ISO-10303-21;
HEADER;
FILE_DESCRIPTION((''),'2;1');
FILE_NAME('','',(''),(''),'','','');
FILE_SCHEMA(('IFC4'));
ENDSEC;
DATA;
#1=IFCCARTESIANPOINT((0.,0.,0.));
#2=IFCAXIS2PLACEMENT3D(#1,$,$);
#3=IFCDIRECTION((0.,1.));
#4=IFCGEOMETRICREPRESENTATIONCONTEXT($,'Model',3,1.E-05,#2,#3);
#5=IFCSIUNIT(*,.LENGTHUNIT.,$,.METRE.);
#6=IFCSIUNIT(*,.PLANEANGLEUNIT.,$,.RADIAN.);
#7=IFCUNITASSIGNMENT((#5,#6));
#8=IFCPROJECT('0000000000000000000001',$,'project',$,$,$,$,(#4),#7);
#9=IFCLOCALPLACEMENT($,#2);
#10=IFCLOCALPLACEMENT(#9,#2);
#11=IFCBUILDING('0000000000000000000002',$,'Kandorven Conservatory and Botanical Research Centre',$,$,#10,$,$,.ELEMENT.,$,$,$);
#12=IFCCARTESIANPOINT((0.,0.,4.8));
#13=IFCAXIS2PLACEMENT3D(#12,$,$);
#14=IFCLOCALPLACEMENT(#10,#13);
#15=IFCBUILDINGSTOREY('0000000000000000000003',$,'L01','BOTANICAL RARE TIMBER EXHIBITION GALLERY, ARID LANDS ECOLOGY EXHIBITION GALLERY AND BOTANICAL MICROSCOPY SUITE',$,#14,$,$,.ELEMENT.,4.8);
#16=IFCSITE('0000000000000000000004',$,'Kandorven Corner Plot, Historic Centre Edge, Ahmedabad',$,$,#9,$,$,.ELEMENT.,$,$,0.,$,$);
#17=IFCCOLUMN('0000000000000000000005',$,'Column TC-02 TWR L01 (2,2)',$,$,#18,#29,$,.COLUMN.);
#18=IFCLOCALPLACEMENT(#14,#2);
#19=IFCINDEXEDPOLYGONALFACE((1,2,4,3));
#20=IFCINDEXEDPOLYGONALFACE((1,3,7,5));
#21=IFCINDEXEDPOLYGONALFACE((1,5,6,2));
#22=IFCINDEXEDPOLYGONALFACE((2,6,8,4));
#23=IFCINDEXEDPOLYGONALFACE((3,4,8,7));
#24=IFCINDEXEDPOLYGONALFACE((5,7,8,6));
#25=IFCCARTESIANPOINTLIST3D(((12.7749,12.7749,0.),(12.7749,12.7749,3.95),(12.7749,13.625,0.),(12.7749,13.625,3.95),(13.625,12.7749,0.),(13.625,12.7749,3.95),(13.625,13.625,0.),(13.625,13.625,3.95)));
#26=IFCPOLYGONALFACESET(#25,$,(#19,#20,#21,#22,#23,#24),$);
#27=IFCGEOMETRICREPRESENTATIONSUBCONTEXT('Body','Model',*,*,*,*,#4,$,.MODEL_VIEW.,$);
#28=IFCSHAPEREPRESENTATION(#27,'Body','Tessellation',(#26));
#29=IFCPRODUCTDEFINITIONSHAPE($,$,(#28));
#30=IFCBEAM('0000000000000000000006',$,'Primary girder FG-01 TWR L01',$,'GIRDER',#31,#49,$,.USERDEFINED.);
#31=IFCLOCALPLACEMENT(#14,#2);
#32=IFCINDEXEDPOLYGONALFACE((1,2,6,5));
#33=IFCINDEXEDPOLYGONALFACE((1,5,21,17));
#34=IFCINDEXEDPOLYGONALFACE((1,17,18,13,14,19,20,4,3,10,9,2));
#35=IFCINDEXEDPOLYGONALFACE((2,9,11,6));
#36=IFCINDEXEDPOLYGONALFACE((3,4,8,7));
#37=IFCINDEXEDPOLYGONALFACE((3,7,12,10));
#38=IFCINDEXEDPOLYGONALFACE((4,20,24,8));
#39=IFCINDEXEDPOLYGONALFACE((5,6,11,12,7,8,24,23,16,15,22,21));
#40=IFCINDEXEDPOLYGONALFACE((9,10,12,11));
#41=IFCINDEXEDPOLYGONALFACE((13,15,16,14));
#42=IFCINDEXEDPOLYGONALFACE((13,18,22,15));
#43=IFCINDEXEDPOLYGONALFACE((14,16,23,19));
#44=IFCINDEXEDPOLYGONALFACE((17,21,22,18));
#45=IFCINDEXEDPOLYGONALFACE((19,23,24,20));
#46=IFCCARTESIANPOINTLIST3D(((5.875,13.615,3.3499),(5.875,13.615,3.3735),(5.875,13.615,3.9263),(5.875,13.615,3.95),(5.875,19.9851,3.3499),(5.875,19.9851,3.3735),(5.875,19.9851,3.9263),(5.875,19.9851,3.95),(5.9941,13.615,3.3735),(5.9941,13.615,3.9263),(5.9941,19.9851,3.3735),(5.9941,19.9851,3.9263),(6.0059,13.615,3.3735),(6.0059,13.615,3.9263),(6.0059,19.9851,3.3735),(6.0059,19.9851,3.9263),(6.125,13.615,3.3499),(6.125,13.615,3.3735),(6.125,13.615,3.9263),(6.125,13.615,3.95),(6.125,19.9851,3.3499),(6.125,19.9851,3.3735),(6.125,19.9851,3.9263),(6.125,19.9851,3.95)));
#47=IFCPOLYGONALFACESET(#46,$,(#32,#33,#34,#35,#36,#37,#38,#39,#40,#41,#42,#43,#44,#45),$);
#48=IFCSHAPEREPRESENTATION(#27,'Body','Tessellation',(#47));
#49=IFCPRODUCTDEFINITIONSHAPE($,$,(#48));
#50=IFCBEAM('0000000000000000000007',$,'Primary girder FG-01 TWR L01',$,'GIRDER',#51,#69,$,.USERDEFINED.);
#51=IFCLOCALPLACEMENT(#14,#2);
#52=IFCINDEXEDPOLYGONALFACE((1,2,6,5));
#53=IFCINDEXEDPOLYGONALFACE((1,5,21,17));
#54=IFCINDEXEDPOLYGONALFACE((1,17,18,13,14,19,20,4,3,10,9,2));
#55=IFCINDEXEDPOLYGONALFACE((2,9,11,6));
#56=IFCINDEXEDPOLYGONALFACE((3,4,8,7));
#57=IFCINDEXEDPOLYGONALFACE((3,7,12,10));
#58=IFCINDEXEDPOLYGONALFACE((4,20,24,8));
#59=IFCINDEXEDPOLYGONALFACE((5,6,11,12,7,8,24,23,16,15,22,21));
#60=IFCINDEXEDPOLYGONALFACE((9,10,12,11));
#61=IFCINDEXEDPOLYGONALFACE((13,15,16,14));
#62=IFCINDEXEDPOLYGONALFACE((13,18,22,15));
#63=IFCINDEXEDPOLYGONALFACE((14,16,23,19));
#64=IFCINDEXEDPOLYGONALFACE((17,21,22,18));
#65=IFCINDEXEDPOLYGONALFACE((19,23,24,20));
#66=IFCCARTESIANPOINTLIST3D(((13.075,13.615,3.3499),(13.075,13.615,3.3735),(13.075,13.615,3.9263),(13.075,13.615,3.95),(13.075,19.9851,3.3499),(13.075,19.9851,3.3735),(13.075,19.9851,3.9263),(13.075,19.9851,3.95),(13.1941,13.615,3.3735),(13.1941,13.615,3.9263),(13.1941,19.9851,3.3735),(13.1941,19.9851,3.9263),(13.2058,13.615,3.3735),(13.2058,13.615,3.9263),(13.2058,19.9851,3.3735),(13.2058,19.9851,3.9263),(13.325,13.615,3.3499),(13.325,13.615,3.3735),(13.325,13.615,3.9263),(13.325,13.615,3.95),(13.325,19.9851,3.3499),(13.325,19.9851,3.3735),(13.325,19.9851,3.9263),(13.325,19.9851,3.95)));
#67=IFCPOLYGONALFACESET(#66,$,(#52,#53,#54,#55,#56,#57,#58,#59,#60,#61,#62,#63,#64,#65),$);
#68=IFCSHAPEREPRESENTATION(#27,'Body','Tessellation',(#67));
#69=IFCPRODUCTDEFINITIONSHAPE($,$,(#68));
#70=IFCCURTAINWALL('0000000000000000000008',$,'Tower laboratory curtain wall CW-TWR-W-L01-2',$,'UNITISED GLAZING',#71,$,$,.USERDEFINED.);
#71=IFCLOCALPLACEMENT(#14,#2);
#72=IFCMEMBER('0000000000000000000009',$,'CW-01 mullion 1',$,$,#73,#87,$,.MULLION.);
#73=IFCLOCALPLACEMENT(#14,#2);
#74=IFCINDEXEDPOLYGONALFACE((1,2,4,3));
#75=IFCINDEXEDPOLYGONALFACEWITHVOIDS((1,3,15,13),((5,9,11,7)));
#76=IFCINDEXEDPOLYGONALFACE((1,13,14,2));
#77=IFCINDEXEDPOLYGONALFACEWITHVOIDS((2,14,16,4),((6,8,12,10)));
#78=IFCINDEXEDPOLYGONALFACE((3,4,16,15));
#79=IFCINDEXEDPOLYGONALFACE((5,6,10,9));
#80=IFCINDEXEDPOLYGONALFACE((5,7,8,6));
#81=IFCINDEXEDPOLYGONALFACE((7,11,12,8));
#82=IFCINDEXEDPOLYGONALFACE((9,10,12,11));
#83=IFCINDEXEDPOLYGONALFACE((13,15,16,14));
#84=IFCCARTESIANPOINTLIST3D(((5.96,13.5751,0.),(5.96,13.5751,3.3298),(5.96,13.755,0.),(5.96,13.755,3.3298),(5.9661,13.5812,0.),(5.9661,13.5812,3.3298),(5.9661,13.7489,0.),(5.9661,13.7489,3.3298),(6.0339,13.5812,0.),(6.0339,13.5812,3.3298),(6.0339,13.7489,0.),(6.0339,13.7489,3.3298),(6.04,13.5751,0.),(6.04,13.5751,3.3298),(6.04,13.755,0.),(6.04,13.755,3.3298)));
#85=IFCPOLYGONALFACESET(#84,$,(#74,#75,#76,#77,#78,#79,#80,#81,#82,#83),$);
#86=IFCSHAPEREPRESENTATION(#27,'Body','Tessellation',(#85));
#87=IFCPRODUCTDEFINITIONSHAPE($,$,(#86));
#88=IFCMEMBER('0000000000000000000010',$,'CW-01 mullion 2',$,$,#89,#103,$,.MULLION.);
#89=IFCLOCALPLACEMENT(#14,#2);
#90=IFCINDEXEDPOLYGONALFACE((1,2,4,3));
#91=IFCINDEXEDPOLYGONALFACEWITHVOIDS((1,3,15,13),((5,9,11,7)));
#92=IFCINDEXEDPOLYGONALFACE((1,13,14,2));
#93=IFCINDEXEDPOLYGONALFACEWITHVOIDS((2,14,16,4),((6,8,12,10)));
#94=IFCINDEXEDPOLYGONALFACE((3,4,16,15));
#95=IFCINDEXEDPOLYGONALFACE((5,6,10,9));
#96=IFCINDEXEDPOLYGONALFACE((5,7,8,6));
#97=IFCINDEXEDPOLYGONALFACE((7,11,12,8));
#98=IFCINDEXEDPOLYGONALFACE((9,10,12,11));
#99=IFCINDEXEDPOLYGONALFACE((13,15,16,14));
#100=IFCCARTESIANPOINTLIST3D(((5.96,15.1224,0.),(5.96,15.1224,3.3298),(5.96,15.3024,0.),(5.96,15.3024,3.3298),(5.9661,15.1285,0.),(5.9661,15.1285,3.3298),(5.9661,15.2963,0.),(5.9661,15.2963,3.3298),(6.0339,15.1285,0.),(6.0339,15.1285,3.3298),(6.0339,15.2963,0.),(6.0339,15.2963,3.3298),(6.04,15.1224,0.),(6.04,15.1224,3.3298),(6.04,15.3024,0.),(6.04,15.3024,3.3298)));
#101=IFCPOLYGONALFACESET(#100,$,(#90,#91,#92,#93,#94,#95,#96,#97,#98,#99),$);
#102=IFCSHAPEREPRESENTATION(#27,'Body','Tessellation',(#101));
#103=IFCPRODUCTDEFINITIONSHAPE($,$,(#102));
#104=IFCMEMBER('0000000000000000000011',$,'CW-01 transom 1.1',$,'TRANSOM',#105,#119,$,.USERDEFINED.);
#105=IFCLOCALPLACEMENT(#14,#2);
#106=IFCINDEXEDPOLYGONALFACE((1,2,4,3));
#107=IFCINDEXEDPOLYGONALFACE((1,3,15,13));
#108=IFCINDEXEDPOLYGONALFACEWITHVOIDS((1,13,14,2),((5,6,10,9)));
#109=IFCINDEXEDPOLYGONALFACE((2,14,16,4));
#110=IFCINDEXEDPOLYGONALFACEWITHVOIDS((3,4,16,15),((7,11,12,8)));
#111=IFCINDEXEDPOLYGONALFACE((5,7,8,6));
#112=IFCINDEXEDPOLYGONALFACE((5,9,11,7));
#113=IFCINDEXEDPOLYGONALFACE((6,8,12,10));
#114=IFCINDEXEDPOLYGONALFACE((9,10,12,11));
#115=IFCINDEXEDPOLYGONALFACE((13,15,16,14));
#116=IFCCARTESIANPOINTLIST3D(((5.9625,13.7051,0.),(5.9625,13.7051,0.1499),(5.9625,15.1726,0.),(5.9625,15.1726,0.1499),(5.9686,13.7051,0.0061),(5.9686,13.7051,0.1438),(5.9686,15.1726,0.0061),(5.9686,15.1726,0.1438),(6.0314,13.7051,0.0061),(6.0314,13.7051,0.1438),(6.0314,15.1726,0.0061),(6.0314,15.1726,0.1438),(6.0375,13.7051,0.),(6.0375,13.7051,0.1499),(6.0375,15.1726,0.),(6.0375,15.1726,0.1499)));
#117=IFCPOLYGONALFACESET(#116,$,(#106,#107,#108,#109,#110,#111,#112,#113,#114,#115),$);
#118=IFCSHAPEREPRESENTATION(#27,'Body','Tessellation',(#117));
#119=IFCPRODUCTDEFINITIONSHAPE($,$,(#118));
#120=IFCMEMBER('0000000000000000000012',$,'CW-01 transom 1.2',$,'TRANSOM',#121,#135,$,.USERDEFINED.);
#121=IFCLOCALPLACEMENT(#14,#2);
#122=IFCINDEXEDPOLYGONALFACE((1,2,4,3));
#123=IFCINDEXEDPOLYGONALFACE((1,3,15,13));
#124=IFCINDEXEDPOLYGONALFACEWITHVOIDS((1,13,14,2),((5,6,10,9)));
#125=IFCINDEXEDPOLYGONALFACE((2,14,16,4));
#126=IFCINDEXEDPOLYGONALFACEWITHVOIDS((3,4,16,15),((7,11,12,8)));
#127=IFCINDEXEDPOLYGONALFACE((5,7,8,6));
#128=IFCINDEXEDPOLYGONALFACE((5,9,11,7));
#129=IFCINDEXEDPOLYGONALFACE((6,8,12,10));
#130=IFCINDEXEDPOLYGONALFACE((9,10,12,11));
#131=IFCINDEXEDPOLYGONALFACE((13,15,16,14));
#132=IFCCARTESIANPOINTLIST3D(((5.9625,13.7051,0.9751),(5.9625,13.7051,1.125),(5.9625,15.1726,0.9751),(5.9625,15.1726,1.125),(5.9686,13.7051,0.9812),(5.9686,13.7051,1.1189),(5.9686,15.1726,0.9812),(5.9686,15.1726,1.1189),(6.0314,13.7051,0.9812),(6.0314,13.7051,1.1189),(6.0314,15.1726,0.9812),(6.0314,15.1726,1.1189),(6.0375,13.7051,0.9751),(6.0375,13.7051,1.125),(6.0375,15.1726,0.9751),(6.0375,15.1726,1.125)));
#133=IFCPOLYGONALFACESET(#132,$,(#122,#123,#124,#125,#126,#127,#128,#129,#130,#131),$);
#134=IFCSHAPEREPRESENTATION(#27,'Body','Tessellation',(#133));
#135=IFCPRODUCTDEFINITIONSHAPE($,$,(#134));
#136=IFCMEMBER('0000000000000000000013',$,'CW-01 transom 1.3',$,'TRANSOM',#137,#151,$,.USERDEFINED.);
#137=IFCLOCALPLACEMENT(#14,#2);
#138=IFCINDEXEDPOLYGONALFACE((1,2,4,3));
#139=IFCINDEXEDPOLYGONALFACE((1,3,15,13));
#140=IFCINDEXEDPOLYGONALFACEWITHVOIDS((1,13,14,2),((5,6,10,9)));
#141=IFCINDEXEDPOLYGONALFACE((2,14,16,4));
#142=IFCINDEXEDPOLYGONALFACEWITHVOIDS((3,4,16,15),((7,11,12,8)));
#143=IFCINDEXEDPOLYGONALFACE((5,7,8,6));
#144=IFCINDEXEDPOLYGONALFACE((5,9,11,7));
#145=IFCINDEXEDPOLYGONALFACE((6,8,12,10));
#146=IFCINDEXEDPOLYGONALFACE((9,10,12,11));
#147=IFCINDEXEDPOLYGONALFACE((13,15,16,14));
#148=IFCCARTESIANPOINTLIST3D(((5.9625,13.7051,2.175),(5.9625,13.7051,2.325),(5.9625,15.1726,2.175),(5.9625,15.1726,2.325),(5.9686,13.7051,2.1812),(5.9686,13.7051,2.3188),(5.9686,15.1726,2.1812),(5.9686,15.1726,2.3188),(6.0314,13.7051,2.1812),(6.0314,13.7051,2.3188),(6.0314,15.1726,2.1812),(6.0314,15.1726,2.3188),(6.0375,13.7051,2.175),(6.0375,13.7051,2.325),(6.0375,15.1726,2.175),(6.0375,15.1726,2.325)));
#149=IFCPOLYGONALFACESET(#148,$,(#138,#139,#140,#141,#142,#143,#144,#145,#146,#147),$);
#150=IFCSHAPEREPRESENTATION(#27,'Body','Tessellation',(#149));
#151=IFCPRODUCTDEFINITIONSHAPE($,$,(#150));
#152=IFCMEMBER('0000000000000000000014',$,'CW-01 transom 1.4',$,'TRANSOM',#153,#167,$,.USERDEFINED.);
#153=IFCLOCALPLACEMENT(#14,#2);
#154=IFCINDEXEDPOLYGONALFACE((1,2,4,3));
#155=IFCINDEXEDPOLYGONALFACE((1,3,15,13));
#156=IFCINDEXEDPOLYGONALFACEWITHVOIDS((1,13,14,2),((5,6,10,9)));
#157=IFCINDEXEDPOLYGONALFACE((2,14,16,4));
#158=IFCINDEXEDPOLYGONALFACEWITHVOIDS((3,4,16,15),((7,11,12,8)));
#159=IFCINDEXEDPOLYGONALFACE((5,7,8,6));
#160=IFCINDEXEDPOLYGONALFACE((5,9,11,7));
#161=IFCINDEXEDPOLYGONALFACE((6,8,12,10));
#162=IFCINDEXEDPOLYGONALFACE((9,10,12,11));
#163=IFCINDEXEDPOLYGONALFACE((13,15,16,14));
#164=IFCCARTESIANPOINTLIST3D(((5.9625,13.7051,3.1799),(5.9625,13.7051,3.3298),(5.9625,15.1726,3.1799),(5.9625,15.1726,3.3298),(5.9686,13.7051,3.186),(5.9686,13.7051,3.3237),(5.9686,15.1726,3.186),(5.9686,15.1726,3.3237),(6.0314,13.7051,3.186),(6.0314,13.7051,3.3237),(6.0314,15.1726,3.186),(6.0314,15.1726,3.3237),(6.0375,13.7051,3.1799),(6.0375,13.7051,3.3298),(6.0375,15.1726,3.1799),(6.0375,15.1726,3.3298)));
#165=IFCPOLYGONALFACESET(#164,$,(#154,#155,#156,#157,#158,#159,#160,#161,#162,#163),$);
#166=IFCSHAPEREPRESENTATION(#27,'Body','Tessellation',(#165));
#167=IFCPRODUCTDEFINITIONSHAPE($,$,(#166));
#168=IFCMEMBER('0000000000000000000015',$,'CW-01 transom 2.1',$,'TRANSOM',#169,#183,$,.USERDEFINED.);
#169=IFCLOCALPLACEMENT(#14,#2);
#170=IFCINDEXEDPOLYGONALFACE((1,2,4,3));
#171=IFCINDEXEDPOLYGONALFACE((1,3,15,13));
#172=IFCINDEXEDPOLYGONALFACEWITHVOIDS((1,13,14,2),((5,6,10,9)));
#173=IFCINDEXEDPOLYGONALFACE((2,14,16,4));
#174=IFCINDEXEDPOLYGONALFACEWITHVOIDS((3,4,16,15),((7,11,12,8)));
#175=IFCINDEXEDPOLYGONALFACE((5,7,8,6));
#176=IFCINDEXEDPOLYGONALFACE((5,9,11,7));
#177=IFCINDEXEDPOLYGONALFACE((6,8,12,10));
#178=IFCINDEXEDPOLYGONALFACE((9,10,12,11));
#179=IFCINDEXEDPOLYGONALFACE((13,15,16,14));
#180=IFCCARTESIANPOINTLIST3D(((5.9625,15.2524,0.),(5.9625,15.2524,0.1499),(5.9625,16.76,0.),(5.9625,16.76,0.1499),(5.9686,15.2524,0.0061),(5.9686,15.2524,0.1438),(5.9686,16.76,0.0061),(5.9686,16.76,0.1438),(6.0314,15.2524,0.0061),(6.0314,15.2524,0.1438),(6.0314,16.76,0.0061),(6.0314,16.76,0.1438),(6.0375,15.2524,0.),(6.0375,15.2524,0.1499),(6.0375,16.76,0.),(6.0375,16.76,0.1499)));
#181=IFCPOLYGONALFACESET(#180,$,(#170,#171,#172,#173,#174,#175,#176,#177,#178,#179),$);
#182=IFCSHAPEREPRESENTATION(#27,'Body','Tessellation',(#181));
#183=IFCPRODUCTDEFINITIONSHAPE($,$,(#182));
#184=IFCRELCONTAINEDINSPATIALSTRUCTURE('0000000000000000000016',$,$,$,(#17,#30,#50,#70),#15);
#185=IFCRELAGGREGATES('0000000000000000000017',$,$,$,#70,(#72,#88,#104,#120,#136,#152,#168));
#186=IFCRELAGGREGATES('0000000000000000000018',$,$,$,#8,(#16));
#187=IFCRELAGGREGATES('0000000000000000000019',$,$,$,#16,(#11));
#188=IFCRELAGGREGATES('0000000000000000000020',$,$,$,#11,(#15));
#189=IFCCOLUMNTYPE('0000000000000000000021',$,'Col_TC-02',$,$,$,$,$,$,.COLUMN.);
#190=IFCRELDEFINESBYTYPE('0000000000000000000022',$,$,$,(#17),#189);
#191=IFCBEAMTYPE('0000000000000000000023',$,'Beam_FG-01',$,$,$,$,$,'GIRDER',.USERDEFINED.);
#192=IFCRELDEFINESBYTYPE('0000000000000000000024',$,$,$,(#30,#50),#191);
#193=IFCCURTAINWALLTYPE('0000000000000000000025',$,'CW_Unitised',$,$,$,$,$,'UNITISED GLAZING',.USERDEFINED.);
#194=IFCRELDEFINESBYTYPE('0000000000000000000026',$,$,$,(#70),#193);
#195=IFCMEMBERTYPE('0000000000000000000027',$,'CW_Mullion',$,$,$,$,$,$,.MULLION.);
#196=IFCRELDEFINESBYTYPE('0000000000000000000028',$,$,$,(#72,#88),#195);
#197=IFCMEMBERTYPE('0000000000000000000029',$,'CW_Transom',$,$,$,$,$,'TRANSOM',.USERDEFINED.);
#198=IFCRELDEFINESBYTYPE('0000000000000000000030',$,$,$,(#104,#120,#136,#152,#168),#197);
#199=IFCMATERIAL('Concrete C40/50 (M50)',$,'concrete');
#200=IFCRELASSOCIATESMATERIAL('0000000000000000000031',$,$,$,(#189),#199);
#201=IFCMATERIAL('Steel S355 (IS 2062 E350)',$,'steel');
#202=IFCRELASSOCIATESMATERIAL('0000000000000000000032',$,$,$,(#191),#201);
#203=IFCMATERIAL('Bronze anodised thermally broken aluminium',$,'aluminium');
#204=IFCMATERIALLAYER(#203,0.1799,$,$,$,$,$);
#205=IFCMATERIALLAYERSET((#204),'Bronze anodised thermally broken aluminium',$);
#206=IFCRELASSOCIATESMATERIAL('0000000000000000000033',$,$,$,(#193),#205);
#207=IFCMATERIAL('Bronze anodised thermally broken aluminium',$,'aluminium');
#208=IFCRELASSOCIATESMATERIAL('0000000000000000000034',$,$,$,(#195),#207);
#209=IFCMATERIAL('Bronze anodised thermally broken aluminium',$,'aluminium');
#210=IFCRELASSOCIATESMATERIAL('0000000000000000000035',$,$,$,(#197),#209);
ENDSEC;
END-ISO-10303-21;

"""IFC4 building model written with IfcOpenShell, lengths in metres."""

from ifc_helpers import new_model, si_unit, direction, frame, origin, origin_2d, place, context, subcontext, project, spatial, rectangle, hollow_rectangle, i_section, extrude, material, layer, layer_set, material_profile, profile_set, type_object, element, aggregate, save


model = new_model("IFC4")

# Units and contexts
model_context = context("Model", 3, precision=1e-05, world=origin(), true_north=direction((0.0, 1.0)))
body_context = subcontext(model_context, "Body", "Model", "MODEL_VIEW")
ifc_project = project(units=[si_unit("LENGTHUNIT", "METRE"), si_unit("PLANEANGLEUNIT", "RADIAN")], contexts=[model_context])

# Site, building, storey
site_placement = place(None, origin())
site = spatial("IfcSite", under=ifc_project, at=site_placement, Name="Kandorven Corner Plot, Historic Centre Edge, Ahmedabad", CompositionType="ELEMENT", RefElevation=0.0)
building_placement = place(site_placement, origin())
building = spatial("IfcBuilding", under=site, at=building_placement, Name="Kandorven Conservatory and Botanical Research Centre", CompositionType="ELEMENT")
storey_placement = place(building_placement, frame((0.0, 0.0, 4.8)))
storey = spatial("IfcBuildingStorey", under=building, at=storey_placement, Name="L01", Description="BOTANICAL RARE TIMBER EXHIBITION GALLERY, ARID LANDS ECOLOGY EXHIBITION GALLERY AND BOTANICAL MICROSCOPY SUITE", CompositionType="ELEMENT", Elevation=4.8)

# Column
ifc_material_1 = material(Name="Concrete C40/50 (M50)", Category="concrete")
ifc_material_profile_1 = material_profile(ifc_material_1, rectangle(XDim=0.8501, YDim=0.8501, at=origin_2d()))
ifc_profile_set_1 = profile_set([ifc_material_profile_1], Name="Concrete C40/50 (M50)")
column_type = type_object("IfcColumnType", Name="Col_TC-02", PredefinedType="COLUMN", material=ifc_profile_set_1)
column_placement = place(storey_placement, frame((13.2, 13.2, 0.0), z_axis=(0.0, 0.0, 1.0), x_axis=(1.0, 0.0, 0.0)))
element("IfcColumn", 1, at=column_placement, inside=storey, type_object=column_type, Name="Column TC-02 TWR L01 (2,2)", PredefinedType="COLUMN", context=body_context, shape_type="SweptSolid", body=[
    extrude(rectangle(XDim=0.8501, YDim=0.8501, at=origin_2d()), origin(), (0.0, 0.0, 1.0), 3.95),
])

# Beams
ifc_material_2 = material(Name="Steel S355 (IS 2062 E350)", Category="steel")
ifc_material_profile_2 = material_profile(ifc_material_2, i_section(OverallWidth=0.25, OverallDepth=0.6001, WebThickness=0.0117, FlangeThickness=0.0237, at=origin_2d()))
ifc_profile_set_2 = profile_set([ifc_material_profile_2], Name="Steel S355 (IS 2062 E350)")
beam_type = type_object("IfcBeamType", Name="Beam_FG-01", ElementType="GIRDER", PredefinedType="USERDEFINED", material=ifc_profile_set_2)
for number, where, z_axis, x_axis, name in (
    (2, (6.0, 13.615, 3.6499), (0.0, 1.0, 0.0), (-1.0, 0.0, 0.0), "Primary girder FG-01 TWR L01"),
    (3, (13.2, 13.615, 3.6499), (0.0, 1.0, 0.0), (-1.0, 0.0, 0.0), "Primary girder FG-01 TWR L01"),
):
    element("IfcBeam", number, at=place(storey_placement, frame(where, z_axis=z_axis, x_axis=x_axis)), inside=storey, type_object=beam_type, Name=name, ObjectType="GIRDER", PredefinedType="USERDEFINED", context=body_context, shape_type="SweptSolid", body=[
        extrude(i_section(OverallWidth=0.25, OverallDepth=0.6001, WebThickness=0.0117, FlangeThickness=0.0237, at=origin_2d()), origin(), (0.0, 0.0, 1.0), 6.3701),
    ])

# Curtain wall, members
ifc_material_3 = material(Name="Bronze anodised thermally broken aluminium", Category="aluminium")
ifc_layer_1 = layer(ifc_material_3, 0.1799)
ifc_layer_set_1 = layer_set([ifc_layer_1], Name="Bronze anodised thermally broken aluminium")
curtain_wall_type = type_object("IfcCurtainWallType", Name="CW_Unitised", ElementType="UNITISED GLAZING", PredefinedType="USERDEFINED", material=ifc_layer_set_1)
curtain_wall_placement = place(storey_placement, origin())
curtain_wall = element("IfcCurtainWall", 4, at=curtain_wall_placement, inside=storey, type_object=curtain_wall_type, Name="Tower laboratory curtain wall CW-TWR-W-L01-2", ObjectType="UNITISED GLAZING", PredefinedType="USERDEFINED")
ifc_material_4 = material(Name="Bronze anodised thermally broken aluminium", Category="aluminium")
ifc_material_profile_3 = material_profile(ifc_material_4, hollow_rectangle(XDim=0.0801, YDim=0.1799, WallThickness=0.0061, at=origin_2d()))
ifc_profile_set_3 = profile_set([ifc_material_profile_3], Name="Bronze anodised thermally broken aluminium")
member_type_1 = type_object("IfcMemberType", Name="CW_Mullion", PredefinedType="MULLION", material=ifc_profile_set_3)
member_1_placement = place(storey_placement, frame((6.0, 13.665, 0.0), z_axis=(0.0, 0.0, 1.0), x_axis=(-1.0, 0.0, 0.0)))
member_1 = element("IfcMember", 5, at=member_1_placement, type_object=member_type_1, Name="CW-01 mullion 1", PredefinedType="MULLION", context=body_context, shape_type="SweptSolid", body=[
    extrude(hollow_rectangle(XDim=0.0801, YDim=0.1799, WallThickness=0.0061, at=origin_2d()), origin(), (0.0, 0.0, 1.0), 3.3298),
])
member_2_placement = place(storey_placement, frame((6.0, 15.2124, 0.0), z_axis=(0.0, 0.0, 1.0), x_axis=(-1.0, 0.0, 0.0)))
member_2 = element("IfcMember", 6, at=member_2_placement, type_object=member_type_1, Name="CW-01 mullion 2", PredefinedType="MULLION", context=body_context, shape_type="SweptSolid", body=[
    extrude(hollow_rectangle(XDim=0.0801, YDim=0.1799, WallThickness=0.0061, at=origin_2d()), origin(), (0.0, 0.0, 1.0), 3.3298),
])
ifc_material_5 = material(Name="Bronze anodised thermally broken aluminium", Category="aluminium")
ifc_material_profile_4 = material_profile(ifc_material_5, hollow_rectangle(XDim=0.075, YDim=0.1499, WallThickness=0.0061, at=origin_2d()))
ifc_profile_set_4 = profile_set([ifc_material_profile_4], Name="Bronze anodised thermally broken aluminium")
member_type_2 = type_object("IfcMemberType", Name="CW_Transom", ElementType="TRANSOM", PredefinedType="USERDEFINED", material=ifc_profile_set_4)
member_3_placement = place(storey_placement, frame((6.0, 13.7051, 0.075), z_axis=(0.0, 1.0, 0.0), x_axis=(-1.0, 0.0, 0.0)))
member_3 = element("IfcMember", 7, at=member_3_placement, type_object=member_type_2, Name="CW-01 transom 1.1", ObjectType="TRANSOM", PredefinedType="USERDEFINED", context=body_context, shape_type="SweptSolid", body=[
    extrude(hollow_rectangle(XDim=0.075, YDim=0.1499, WallThickness=0.0061, at=origin_2d()), origin(), (0.0, 0.0, 1.0), 1.4675),
])
member_4_placement = place(storey_placement, frame((6.0, 13.7051, 1.05), z_axis=(0.0, 1.0, 0.0), x_axis=(-1.0, 0.0, 0.0)))
member_4 = element("IfcMember", 8, at=member_4_placement, type_object=member_type_2, Name="CW-01 transom 1.2", ObjectType="TRANSOM", PredefinedType="USERDEFINED", context=body_context, shape_type="SweptSolid", body=[
    extrude(hollow_rectangle(XDim=0.075, YDim=0.1499, WallThickness=0.0061, at=origin_2d()), origin(), (0.0, 0.0, 1.0), 1.4675),
])
member_5_placement = place(storey_placement, frame((6.0, 13.7051, 2.25), z_axis=(0.0, 1.0, 0.0), x_axis=(-1.0, 0.0, 0.0)))
member_5 = element("IfcMember", 9, at=member_5_placement, type_object=member_type_2, Name="CW-01 transom 1.3", ObjectType="TRANSOM", PredefinedType="USERDEFINED", context=body_context, shape_type="SweptSolid", body=[
    extrude(hollow_rectangle(XDim=0.075, YDim=0.1499, WallThickness=0.0061, at=origin_2d()), origin(), (0.0, 0.0, 1.0), 1.4675),
])
member_6_placement = place(storey_placement, frame((6.0, 13.7051, 3.2549), z_axis=(0.0, 1.0, 0.0), x_axis=(-1.0, 0.0, 0.0)))
member_6 = element("IfcMember", 10, at=member_6_placement, type_object=member_type_2, Name="CW-01 transom 1.4", ObjectType="TRANSOM", PredefinedType="USERDEFINED", context=body_context, shape_type="SweptSolid", body=[
    extrude(hollow_rectangle(XDim=0.075, YDim=0.1499, WallThickness=0.0061, at=origin_2d()), origin(), (0.0, 0.0, 1.0), 1.4675),
])
member_7_placement = place(storey_placement, frame((6.0, 15.2524, 0.075), z_axis=(0.0, 1.0, 0.0), x_axis=(-1.0, 0.0, 0.0)))
member_7 = element("IfcMember", 11, at=member_7_placement, type_object=member_type_2, Name="CW-01 transom 2.1", ObjectType="TRANSOM", PredefinedType="USERDEFINED", context=body_context, shape_type="SweptSolid", body=[
    extrude(hollow_rectangle(XDim=0.075, YDim=0.1499, WallThickness=0.0061, at=origin_2d()), origin(), (0.0, 0.0, 1.0), 1.5076),
])
aggregate(curtain_wall, [member_1, member_2, member_3, member_4, member_5, member_6, member_7])

save(model, "model.ifc")
